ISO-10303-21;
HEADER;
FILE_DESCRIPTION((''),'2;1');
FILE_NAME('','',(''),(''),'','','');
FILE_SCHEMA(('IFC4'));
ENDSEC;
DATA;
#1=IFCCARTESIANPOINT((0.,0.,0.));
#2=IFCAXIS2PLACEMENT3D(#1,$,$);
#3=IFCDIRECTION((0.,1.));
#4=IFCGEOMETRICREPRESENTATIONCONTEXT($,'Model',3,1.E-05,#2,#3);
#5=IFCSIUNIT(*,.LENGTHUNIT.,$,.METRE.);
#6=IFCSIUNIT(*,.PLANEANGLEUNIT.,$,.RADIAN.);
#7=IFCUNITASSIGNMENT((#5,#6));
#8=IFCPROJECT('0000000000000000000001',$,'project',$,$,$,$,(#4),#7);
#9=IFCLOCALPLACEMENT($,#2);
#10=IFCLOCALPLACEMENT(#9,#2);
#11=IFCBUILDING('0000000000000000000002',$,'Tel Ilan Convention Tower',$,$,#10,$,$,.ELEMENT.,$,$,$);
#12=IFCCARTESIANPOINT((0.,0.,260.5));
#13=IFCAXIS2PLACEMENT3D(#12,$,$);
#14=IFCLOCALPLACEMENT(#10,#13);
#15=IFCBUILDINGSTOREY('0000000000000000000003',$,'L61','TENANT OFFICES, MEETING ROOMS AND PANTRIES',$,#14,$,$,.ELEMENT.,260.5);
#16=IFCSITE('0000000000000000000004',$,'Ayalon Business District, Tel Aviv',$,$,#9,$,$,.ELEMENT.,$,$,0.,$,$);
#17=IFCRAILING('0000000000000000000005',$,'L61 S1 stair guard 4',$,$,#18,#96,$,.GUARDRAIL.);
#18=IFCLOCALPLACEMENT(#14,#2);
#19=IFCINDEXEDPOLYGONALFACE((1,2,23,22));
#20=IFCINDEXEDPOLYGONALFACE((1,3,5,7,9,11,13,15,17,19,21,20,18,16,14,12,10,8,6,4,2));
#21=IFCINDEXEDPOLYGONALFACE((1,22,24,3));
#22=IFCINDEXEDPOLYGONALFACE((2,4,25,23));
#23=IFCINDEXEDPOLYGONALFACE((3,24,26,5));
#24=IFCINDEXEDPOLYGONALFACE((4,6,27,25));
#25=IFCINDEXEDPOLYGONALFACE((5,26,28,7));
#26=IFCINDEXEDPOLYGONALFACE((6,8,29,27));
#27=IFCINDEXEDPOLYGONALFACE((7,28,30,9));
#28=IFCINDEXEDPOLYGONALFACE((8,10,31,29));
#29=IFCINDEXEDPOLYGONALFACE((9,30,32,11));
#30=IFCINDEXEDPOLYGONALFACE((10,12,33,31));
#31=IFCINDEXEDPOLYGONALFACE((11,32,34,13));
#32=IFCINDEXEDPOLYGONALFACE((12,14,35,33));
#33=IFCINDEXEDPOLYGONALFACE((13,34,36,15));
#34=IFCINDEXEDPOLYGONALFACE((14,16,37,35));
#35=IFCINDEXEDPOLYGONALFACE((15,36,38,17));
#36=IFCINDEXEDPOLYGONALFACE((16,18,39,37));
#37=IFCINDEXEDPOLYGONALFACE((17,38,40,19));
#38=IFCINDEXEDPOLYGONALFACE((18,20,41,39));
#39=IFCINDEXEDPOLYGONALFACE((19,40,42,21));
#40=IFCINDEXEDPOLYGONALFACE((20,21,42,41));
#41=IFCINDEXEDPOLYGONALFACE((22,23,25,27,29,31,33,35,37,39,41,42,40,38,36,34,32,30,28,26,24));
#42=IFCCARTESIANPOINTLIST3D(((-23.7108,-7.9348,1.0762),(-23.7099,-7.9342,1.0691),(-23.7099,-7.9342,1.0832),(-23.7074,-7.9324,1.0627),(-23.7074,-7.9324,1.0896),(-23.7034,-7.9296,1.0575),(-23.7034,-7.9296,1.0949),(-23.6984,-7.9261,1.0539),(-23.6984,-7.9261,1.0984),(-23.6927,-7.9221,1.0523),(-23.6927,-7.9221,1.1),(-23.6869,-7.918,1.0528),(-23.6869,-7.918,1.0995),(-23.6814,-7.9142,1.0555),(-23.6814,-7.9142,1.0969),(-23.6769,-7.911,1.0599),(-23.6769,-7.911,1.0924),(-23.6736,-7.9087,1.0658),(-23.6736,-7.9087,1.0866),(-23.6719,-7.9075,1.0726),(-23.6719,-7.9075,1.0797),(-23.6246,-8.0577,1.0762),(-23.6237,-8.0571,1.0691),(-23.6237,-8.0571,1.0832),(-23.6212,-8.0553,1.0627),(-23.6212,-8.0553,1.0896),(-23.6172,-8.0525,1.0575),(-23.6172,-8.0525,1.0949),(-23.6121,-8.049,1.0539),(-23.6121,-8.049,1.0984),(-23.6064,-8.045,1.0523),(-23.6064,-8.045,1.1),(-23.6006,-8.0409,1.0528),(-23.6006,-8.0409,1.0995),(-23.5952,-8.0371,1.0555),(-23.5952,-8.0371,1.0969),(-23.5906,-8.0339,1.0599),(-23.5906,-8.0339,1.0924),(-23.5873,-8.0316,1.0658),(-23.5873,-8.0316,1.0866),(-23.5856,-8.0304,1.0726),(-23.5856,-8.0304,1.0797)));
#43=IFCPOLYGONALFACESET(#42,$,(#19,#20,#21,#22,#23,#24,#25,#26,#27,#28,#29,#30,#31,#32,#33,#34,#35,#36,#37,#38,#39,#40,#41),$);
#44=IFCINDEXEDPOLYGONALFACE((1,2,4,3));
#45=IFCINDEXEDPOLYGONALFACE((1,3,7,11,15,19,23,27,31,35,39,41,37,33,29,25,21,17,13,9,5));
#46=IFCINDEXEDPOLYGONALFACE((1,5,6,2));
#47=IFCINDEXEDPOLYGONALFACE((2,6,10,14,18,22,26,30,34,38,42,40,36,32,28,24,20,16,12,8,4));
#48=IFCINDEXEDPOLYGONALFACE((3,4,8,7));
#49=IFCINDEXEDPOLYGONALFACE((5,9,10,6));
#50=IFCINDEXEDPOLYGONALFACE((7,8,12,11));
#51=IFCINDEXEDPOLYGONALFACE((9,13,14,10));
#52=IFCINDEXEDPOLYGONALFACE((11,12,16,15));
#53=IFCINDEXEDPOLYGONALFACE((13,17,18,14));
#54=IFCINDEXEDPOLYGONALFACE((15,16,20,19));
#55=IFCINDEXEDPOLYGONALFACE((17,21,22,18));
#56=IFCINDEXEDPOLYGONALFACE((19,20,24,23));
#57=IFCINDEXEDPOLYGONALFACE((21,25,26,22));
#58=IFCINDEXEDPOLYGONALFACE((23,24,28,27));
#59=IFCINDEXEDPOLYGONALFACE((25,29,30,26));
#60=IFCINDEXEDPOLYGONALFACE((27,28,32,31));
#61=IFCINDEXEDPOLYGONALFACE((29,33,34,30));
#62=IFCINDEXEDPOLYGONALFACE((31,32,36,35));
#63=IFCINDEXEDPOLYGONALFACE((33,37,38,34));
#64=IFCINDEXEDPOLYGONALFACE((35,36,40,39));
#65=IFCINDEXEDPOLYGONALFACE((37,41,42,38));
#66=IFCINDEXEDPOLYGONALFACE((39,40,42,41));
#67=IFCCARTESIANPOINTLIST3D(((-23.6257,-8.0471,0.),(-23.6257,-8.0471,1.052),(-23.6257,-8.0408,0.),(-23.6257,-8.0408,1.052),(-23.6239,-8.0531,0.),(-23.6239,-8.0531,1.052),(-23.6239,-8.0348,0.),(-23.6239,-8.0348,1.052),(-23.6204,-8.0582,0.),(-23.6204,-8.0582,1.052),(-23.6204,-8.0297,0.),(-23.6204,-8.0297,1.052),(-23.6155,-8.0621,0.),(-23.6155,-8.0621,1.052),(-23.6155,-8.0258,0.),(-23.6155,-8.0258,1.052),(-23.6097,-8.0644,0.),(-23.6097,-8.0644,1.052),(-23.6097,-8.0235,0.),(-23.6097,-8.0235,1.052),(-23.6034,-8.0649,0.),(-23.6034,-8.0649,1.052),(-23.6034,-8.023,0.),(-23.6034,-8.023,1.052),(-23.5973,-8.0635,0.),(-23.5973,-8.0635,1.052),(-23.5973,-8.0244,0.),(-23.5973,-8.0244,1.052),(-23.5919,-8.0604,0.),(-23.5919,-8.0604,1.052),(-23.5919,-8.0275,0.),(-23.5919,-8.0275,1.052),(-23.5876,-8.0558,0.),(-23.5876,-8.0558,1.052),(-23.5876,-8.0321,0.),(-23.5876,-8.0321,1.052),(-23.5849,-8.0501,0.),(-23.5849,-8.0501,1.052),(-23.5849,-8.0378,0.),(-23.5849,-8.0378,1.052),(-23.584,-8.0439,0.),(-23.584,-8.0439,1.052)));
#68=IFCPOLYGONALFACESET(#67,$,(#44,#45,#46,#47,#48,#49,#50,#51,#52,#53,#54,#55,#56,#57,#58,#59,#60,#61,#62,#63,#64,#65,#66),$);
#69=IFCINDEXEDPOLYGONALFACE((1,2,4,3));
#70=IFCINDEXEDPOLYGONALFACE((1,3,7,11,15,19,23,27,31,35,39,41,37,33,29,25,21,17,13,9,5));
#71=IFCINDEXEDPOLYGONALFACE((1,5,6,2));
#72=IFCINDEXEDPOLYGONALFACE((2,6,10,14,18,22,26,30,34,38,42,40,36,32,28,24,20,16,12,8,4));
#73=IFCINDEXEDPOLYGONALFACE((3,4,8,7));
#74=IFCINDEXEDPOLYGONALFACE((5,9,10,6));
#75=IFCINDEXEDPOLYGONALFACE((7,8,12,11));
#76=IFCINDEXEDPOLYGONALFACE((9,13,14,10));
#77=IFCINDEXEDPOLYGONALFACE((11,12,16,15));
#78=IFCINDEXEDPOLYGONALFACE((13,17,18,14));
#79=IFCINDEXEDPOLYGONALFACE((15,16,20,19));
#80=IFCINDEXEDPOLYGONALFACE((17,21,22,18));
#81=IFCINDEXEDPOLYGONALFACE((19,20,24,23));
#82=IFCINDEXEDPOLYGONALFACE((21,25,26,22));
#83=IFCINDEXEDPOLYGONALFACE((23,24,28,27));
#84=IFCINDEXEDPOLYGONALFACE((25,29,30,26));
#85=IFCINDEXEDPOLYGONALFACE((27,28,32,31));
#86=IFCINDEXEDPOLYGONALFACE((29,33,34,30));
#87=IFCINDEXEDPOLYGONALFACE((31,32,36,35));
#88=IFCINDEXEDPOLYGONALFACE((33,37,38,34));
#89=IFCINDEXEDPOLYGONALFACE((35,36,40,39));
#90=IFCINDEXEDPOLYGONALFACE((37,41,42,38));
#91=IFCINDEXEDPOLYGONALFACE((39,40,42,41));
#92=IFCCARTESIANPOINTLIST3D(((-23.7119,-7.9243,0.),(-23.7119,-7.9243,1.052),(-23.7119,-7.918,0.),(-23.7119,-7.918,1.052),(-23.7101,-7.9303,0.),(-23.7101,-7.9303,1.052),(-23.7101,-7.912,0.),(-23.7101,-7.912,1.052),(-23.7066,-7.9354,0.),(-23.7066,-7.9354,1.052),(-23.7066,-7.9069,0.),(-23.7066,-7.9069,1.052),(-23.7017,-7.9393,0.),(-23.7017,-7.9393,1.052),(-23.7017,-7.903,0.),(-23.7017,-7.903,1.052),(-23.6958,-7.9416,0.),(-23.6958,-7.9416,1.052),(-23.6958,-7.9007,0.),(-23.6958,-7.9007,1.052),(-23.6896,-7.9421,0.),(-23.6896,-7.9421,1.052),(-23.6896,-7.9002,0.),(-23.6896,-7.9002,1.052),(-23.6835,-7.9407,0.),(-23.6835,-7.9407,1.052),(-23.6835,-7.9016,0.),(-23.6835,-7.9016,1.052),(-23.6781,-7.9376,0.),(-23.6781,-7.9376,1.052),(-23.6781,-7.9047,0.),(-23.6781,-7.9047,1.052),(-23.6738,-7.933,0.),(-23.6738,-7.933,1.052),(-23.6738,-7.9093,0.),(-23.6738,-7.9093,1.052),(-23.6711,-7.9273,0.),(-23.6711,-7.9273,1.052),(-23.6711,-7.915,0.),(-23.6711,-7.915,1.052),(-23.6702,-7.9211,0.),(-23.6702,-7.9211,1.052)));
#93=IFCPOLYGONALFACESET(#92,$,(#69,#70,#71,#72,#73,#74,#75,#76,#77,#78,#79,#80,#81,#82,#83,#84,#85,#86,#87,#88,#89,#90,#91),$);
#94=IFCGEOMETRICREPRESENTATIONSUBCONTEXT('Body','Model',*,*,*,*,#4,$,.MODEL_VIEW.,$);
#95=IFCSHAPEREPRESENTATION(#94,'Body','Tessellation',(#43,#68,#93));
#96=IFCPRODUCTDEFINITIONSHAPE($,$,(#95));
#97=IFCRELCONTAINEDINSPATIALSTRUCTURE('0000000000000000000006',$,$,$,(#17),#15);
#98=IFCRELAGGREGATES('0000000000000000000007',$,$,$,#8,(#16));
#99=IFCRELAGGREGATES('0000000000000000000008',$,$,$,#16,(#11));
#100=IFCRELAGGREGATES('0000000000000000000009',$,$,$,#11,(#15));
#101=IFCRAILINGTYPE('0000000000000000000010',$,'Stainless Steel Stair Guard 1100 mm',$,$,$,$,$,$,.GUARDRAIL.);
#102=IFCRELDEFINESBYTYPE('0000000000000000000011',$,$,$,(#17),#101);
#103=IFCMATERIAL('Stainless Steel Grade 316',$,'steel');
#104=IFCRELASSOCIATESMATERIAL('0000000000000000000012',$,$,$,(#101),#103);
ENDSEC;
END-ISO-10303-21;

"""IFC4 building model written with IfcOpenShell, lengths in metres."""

from ifc_helpers import new_model, si_unit, direction, frame, origin, origin_2d, place, context, subcontext, project, spatial, circle, extrude, material, type_object, element, save


model = new_model("IFC4")

# Units and contexts
model_context = context("Model", 3, precision=1e-05, world=origin(), true_north=direction((0.0, 1.0)))
body_context = subcontext(model_context, "Body", "Model", "MODEL_VIEW")
ifc_project = project(units=[si_unit("LENGTHUNIT", "METRE"), si_unit("PLANEANGLEUNIT", "RADIAN")], contexts=[model_context])

# Site, building, storey
site_placement = place(None, origin())
site = spatial("IfcSite", under=ifc_project, at=site_placement, Name="Ayalon Business District, Tel Aviv", CompositionType="ELEMENT", RefElevation=0.0)
building_placement = place(site_placement, origin())
building = spatial("IfcBuilding", under=site, at=building_placement, Name="Tel Ilan Convention Tower", CompositionType="ELEMENT")
storey_placement = place(building_placement, frame((0.0, 0.0, 260.5)))
storey = spatial("IfcBuildingStorey", under=building, at=storey_placement, Name="L61", Description="TENANT OFFICES, MEETING ROOMS AND PANTRIES", CompositionType="ELEMENT", Elevation=260.5)

# Railing
ifc_material_1 = material(Name="Stainless Steel Grade 316", Category="steel")
railing_type = type_object("IfcRailingType", Name="Stainless Steel Stair Guard 1100 mm", PredefinedType="GUARDRAIL", material=ifc_material_1)
railing_1_placement = place(storey_placement, frame((-23.605, -8.0439, 0.0)))
element("IfcRailing", 1, at=railing_1_placement, inside=storey, type_object=railing_type, Name="L61 S1 stair guard 4", PredefinedType="GUARDRAIL", context=body_context, shape_type="SweptSolid", body=[
    extrude(circle(Radius=0.0239, at=origin_2d()), frame((0.0, 0.0, 1.0762), z_axis=(-0.574445, 0.818543, 0.0), x_axis=(-0.818543, -0.574445, 0.0)), (0.0, 0.0, 1.0), 0.1501),
    extrude(circle(Radius=0.021, at=origin_2d()), origin(), (0.0, 0.0, 1.0), 1.052),
    extrude(circle(Radius=0.021, at=origin_2d()), frame((-0.0862, 0.1228, 0.0)), (0.0, 0.0, 1.0), 1.052),
])

save(model, "model.ifc")
